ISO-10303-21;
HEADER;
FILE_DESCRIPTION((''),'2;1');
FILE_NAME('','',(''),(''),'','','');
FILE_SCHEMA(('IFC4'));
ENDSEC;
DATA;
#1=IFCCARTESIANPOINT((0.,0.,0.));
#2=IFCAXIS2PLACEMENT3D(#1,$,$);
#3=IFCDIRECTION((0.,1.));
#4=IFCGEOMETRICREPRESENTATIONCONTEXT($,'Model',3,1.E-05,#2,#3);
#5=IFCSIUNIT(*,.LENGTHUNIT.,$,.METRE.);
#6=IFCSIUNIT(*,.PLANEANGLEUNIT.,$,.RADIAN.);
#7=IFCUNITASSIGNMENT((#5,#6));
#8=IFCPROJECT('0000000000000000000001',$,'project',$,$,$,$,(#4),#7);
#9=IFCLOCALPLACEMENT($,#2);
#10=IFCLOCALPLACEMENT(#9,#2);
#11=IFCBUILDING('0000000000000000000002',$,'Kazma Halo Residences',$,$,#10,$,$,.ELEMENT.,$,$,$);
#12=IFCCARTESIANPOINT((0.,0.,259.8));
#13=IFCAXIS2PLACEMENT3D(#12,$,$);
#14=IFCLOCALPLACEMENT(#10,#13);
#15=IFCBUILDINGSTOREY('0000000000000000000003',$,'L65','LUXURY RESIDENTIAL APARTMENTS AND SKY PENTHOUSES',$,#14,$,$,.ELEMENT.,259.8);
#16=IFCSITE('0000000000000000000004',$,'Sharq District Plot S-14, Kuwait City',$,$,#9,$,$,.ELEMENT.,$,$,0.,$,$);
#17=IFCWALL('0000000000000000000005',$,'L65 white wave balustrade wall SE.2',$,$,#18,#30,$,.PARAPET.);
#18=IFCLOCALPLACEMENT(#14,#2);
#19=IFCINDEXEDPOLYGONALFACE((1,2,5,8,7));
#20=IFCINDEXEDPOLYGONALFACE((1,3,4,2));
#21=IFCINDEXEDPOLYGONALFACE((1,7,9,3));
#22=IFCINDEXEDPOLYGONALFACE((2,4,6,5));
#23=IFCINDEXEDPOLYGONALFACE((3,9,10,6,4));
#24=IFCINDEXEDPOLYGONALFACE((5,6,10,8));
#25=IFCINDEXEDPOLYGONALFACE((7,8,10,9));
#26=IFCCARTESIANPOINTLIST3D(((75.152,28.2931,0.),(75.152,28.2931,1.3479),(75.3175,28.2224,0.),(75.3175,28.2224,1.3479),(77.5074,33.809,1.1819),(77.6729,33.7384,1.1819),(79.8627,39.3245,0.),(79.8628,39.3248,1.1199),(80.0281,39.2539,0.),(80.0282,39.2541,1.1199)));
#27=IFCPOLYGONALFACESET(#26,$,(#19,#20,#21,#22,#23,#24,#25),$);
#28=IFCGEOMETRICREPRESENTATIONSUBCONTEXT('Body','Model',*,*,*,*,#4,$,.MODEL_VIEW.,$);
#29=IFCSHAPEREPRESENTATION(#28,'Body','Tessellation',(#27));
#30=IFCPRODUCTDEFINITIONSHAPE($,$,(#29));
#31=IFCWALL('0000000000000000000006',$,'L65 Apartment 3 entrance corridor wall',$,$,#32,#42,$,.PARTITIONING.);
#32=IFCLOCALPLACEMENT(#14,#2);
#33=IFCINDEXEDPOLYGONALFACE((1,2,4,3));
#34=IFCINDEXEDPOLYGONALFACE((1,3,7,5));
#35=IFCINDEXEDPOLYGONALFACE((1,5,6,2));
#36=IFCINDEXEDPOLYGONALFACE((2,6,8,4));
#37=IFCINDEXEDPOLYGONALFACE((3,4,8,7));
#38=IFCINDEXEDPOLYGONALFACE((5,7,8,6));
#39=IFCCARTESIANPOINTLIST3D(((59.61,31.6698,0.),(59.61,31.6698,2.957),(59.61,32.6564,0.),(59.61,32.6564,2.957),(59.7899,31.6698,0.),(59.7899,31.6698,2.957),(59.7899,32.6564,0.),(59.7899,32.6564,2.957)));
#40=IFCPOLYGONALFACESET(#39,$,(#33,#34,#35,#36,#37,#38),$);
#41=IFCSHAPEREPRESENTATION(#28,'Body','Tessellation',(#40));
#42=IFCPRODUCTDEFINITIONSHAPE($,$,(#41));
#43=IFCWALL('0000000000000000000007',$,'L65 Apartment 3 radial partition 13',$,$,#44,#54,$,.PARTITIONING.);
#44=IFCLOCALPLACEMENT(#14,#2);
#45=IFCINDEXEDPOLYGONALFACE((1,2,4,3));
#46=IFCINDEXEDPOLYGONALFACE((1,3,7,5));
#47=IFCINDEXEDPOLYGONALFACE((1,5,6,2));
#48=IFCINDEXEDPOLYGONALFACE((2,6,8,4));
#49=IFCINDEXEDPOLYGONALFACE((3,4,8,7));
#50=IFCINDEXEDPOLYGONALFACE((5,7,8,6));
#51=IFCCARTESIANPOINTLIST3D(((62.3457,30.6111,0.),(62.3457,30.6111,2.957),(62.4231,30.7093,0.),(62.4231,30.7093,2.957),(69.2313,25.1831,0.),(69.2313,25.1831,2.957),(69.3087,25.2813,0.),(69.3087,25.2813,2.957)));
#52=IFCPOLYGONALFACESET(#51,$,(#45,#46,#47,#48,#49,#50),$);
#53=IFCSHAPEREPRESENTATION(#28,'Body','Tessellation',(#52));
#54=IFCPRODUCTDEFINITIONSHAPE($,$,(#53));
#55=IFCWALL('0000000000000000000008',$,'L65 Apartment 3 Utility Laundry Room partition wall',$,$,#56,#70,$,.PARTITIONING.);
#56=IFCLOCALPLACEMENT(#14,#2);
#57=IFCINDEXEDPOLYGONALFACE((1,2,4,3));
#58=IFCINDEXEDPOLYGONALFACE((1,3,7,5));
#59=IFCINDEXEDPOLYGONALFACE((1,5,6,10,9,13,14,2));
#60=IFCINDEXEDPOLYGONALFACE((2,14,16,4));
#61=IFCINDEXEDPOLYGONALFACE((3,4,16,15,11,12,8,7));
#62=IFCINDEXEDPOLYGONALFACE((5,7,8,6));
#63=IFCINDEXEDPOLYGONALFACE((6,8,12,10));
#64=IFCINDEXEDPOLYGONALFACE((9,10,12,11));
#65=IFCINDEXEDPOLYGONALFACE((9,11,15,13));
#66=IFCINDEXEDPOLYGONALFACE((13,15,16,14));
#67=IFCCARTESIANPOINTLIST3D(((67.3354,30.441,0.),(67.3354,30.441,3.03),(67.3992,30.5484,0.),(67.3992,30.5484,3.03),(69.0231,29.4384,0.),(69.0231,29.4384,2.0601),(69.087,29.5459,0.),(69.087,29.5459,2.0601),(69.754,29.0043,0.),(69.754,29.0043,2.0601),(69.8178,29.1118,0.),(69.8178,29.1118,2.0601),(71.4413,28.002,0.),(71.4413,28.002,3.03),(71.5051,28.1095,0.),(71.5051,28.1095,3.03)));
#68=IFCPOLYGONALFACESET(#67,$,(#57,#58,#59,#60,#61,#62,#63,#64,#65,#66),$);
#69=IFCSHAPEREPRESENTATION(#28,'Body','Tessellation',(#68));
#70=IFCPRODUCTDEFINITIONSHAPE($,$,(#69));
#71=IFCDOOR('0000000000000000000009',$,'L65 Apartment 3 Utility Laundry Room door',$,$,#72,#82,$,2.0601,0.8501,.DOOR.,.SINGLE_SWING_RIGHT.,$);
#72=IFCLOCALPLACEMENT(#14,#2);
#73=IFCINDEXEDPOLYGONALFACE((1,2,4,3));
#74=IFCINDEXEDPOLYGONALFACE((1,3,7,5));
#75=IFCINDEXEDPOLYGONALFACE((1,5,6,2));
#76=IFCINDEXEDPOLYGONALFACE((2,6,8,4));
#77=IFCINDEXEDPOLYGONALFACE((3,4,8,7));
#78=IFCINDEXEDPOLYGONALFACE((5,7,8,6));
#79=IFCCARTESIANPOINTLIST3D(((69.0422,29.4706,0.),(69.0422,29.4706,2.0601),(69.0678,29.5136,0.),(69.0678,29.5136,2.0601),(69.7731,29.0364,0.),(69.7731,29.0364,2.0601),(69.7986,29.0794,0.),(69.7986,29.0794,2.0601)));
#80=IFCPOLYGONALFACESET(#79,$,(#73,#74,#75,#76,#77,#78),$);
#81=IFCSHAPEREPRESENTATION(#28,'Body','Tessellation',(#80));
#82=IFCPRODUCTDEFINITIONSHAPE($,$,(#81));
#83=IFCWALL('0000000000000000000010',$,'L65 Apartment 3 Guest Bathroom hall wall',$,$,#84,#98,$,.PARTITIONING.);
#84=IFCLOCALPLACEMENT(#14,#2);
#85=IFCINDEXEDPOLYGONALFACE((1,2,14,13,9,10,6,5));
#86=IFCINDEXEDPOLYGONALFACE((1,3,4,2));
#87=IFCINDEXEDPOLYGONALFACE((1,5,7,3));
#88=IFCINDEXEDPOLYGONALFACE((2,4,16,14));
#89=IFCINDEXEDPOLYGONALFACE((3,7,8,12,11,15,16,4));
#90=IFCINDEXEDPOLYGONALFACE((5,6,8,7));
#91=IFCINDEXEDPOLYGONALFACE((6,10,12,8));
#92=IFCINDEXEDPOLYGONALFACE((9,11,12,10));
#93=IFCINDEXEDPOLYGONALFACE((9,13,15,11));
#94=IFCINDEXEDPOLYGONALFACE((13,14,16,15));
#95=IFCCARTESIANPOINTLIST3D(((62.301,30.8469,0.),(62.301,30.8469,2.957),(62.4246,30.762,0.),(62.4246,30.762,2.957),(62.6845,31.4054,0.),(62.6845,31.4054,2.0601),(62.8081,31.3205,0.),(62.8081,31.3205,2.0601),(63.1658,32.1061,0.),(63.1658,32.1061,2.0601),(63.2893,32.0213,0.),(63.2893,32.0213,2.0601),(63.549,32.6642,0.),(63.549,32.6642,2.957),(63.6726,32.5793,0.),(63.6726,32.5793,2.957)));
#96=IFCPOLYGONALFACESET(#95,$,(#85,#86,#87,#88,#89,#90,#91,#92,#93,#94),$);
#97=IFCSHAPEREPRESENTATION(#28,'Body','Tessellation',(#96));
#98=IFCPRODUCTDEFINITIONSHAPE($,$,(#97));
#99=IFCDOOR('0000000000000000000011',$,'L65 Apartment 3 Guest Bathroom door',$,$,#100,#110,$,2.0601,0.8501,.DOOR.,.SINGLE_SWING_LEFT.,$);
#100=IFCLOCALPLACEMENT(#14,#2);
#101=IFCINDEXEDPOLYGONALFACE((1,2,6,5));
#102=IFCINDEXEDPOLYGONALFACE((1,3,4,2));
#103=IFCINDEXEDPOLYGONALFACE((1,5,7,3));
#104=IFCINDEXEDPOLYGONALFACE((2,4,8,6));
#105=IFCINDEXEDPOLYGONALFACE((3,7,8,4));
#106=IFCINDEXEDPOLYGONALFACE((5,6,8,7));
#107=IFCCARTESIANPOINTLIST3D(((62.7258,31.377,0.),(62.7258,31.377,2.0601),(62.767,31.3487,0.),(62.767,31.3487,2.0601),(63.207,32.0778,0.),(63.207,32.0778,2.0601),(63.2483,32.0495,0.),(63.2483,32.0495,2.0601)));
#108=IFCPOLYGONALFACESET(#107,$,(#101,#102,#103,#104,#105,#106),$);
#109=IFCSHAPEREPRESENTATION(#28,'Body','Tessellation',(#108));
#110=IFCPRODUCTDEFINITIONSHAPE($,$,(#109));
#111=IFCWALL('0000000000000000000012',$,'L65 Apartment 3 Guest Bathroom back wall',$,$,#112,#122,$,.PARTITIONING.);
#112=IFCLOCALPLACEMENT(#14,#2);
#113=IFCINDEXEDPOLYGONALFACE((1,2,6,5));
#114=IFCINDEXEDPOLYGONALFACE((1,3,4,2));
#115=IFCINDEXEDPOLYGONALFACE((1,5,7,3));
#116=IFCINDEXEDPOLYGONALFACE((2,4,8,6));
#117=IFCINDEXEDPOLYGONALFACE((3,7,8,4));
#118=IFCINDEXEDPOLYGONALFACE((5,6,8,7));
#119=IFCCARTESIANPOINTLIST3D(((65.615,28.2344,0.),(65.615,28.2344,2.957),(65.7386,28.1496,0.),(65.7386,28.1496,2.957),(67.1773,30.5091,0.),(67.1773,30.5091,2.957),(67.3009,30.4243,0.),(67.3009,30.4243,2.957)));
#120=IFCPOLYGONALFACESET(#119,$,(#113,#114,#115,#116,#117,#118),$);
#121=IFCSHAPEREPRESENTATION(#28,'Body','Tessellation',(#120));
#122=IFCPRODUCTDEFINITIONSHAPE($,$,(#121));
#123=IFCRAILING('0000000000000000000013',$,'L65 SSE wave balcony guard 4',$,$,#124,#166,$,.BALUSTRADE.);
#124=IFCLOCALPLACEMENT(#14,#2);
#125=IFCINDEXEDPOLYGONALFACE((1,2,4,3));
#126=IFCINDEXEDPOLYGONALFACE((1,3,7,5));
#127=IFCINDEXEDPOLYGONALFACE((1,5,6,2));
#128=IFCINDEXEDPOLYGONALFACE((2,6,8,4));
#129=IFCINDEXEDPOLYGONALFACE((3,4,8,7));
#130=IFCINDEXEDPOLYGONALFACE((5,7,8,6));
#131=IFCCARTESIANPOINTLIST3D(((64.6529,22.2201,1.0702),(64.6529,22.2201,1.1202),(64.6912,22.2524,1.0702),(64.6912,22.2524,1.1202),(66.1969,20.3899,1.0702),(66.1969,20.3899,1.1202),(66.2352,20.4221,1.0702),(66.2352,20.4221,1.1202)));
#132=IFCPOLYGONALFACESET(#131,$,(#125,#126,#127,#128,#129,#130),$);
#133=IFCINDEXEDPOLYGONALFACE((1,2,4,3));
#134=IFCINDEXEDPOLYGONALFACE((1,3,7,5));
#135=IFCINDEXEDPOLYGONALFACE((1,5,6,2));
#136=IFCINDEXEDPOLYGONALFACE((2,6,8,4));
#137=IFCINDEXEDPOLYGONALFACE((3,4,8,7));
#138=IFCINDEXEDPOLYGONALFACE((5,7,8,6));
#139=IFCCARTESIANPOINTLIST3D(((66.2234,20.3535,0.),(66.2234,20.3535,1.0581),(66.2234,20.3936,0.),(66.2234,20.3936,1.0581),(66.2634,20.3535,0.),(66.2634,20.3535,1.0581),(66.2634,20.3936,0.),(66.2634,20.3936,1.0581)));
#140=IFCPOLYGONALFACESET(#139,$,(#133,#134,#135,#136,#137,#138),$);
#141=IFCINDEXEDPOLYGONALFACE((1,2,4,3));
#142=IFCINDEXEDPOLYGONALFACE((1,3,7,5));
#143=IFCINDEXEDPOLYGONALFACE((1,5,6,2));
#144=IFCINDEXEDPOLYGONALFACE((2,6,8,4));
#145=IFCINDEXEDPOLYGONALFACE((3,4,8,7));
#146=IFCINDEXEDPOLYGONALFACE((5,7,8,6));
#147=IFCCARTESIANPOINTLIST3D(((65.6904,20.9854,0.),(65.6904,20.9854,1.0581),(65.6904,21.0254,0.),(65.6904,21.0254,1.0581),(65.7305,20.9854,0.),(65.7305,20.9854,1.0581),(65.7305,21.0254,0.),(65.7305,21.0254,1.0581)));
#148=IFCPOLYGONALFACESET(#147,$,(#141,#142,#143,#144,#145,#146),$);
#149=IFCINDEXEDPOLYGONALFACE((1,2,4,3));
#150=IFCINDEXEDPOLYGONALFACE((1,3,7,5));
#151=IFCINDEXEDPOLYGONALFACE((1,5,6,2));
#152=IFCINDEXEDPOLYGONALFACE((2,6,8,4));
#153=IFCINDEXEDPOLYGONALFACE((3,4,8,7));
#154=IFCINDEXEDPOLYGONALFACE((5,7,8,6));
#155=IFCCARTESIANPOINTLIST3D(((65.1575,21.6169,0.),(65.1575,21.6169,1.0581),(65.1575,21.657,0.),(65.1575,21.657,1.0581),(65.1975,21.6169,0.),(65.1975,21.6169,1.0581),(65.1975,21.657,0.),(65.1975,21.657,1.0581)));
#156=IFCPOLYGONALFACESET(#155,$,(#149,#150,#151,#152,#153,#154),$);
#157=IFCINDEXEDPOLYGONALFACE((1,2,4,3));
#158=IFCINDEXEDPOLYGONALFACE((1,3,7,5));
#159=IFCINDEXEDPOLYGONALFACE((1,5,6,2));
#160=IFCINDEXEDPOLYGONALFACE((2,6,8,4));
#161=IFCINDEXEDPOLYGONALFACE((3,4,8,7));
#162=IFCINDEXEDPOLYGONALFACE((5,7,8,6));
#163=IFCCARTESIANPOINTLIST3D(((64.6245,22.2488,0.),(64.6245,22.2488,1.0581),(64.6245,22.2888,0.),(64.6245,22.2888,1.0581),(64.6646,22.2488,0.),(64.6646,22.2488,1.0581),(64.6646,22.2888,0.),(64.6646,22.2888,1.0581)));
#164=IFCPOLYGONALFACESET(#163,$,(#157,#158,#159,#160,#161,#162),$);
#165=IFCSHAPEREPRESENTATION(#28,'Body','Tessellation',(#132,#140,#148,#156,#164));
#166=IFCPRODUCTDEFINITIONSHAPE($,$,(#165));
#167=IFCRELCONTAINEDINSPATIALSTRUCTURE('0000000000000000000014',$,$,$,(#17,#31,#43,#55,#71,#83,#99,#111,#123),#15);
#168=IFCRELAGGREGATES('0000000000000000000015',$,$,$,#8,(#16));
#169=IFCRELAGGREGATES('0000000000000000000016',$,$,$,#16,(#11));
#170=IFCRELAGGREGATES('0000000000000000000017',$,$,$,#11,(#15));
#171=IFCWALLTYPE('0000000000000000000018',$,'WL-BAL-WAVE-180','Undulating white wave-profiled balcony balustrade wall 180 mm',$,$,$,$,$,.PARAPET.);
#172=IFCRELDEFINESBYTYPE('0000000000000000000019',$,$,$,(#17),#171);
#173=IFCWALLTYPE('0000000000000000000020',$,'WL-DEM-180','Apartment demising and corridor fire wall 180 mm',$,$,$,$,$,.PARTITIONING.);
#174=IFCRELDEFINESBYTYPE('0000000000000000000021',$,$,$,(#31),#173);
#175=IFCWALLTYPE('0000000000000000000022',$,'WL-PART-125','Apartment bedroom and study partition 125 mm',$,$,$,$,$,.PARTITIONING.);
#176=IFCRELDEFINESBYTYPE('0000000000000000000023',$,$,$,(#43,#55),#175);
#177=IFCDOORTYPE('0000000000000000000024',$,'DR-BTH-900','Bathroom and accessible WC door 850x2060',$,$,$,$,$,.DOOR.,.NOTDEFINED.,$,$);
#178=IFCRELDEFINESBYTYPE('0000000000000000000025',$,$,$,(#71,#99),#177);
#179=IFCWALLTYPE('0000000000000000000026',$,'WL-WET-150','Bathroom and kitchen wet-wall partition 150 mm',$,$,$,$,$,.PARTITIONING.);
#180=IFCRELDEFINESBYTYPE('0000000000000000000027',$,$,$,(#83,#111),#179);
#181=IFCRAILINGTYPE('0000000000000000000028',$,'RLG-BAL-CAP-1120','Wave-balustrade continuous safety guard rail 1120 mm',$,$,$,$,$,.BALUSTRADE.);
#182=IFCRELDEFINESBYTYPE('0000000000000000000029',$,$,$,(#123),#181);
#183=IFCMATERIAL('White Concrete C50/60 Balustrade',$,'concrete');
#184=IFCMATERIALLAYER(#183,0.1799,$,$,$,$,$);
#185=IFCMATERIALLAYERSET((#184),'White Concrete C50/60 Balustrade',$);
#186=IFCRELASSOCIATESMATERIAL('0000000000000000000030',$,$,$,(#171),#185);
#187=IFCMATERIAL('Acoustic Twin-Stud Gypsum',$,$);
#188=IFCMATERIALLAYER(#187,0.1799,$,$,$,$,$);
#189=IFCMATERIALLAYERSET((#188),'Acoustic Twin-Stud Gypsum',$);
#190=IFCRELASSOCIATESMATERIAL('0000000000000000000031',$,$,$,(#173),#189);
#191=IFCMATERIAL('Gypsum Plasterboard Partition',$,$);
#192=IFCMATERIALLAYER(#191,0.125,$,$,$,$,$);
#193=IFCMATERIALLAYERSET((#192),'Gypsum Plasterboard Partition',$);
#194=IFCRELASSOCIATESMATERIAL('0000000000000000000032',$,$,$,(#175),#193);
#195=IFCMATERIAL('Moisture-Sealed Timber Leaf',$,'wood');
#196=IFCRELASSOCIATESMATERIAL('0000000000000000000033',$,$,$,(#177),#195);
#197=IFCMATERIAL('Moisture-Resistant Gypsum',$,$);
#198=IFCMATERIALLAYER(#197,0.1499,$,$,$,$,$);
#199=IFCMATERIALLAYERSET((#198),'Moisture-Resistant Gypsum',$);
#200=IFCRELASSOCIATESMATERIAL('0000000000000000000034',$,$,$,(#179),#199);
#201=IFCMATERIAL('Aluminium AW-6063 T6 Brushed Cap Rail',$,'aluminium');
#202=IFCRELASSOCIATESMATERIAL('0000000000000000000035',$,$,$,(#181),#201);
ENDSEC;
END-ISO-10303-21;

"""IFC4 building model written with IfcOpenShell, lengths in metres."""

from ifc_helpers import new_model, si_unit, direction, frame, frame_2d, origin, origin_2d, place, context, subcontext, project, spatial, polyline, rectangle, outline, extrude, material, layer, layer_set, type_object, element, fill, save


model = new_model("IFC4")

# Units and contexts
model_context = context("Model", 3, precision=1e-05, world=origin(), true_north=direction((0.0, 1.0)))
body_context = subcontext(model_context, "Body", "Model", "MODEL_VIEW")
ifc_project = project(units=[si_unit("LENGTHUNIT", "METRE"), si_unit("PLANEANGLEUNIT", "RADIAN")], contexts=[model_context])

# Site, building, storey
site_placement = place(None, origin())
site = spatial("IfcSite", under=ifc_project, at=site_placement, Name="Sharq District Plot S-14, Kuwait City", CompositionType="ELEMENT", RefElevation=0.0)
building_placement = place(site_placement, origin())
building = spatial("IfcBuilding", under=site, at=building_placement, Name="Kazma Halo Residences", CompositionType="ELEMENT")
storey_placement = place(building_placement, frame((0.0, 0.0, 259.8)))
storey = spatial("IfcBuildingStorey", under=building, at=storey_placement, Name="L65", Description="LUXURY RESIDENTIAL APARTMENTS AND SKY PENTHOUSES", CompositionType="ELEMENT", Elevation=259.8)

# Walls
ifc_material_1 = material(Name="White Concrete C50/60 Balustrade", Category="concrete")
ifc_layer_1 = layer(ifc_material_1, 0.1799)
ifc_layer_set_1 = layer_set([ifc_layer_1], Name="White Concrete C50/60 Balustrade")
wall_type_1 = type_object("IfcWallType", Name="WL-BAL-WAVE-180", Description="Undulating white wave-profiled balcony balustrade wall 180 mm", PredefinedType="PARAPET", material=ifc_layer_set_1)
wall_1_placement = place(storey_placement, frame((75.2346, 28.2578, 0.0), z_axis=(0.0, 0.0, 1.0), x_axis=(0.392715, 0.91966, 0.0)))
element("IfcWall", 1, at=wall_1_placement, inside=storey, type_object=wall_type_1, Name="L65 white wave balustrade wall SE.2", PredefinedType="PARAPET", context=body_context, shape_type="SweptSolid", body=[
    extrude(outline(polyline([(0.0, 0.0), (11.9951, 0.0), (11.9954, 1.1199), (5.9978, 1.1819), (0.0, 1.3479), (0.0, 0.0)])), frame((0.0, 0.0898, 0.0), z_axis=(0.0, -1.0, 0.0), x_axis=(1.0, 0.0, 0.0)), (0.0, 0.0, 1.0), 0.1799),
])
ifc_material_2 = material(Name="Acoustic Twin-Stud Gypsum")
ifc_layer_2 = layer(ifc_material_2, 0.1799)
ifc_layer_set_2 = layer_set([ifc_layer_2], Name="Acoustic Twin-Stud Gypsum")
wall_type_2 = type_object("IfcWallType", Name="WL-DEM-180", Description="Apartment demising and corridor fire wall 180 mm", PredefinedType="PARTITIONING", material=ifc_layer_set_2)
wall_2_placement = place(storey_placement, frame((59.7, 31.6699, 0.0), z_axis=(0.0, 0.0, 1.0), x_axis=(0.0, 1.0, 0.0)))
element("IfcWall", 2, at=wall_2_placement, inside=storey, type_object=wall_type_2, Name="L65 Apartment 3 entrance corridor wall", PredefinedType="PARTITIONING", context=body_context, shape_type="SweptSolid", body=[
    extrude(rectangle(XDim=0.9866, YDim=0.1799, at=frame_2d((0.4932, 0.0))), origin(), (0.0, 0.0, 1.0), 2.957),
])

# Wall
ifc_material_3 = material(Name="Gypsum Plasterboard Partition")
ifc_layer_3 = layer(ifc_material_3, 0.125)
ifc_layer_set_3 = layer_set([ifc_layer_3], Name="Gypsum Plasterboard Partition")
wall_type_3 = type_object("IfcWallType", Name="WL-PART-125", Description="Apartment bedroom and study partition 125 mm", PredefinedType="PARTITIONING", material=ifc_layer_set_3)
wall_3_placement = place(storey_placement, frame((62.3845, 30.6602, 0.0), z_axis=(0.0, 0.0, 1.0), x_axis=(0.785323, -0.619086, 0.0)))
element("IfcWall", 3, at=wall_3_placement, inside=storey, type_object=wall_type_3, Name="L65 Apartment 3 radial partition 13", PredefinedType="PARTITIONING", context=body_context, shape_type="SweptSolid", body=[
    extrude(rectangle(XDim=8.7678, YDim=0.125, at=frame_2d((4.3838, 0.0))), origin(), (0.0, 0.0, 1.0), 2.957),
])

# Walls, openings, doors
wall_4_placement = place(storey_placement, frame((67.3674, 30.4946, 0.0), z_axis=(0.0, 0.0, 1.0), x_axis=(0.859758, -0.510702, 0.0)))
wall_4 = element("IfcWall", 4, at=wall_4_placement, inside=storey, type_object=wall_type_3, Name="L65 Apartment 3 Utility Laundry Room partition wall", PredefinedType="PARTITIONING", context=body_context, shape_type="SweptSolid", body=[
    extrude(rectangle(XDim=4.7756, YDim=0.125, at=frame_2d((2.3877, 0.0))), origin(), (0.0, 0.0, 1.0), 3.03),
])
opening_1_placement = place(wall_4_placement, frame((1.9629, 0.0, 0.0)))
opening_1 = element("IfcOpeningElement", 5, at=opening_1_placement, cuts=wall_4, PredefinedType="OPENING", context=body_context, shape_type="SweptSolid", body=[
    extrude(rectangle(XDim=0.8501, YDim=2.0601, at=frame_2d((0.425, 1.03))), frame((0.0, 0.0725, 0.0), z_axis=(0.0, -1.0, 0.0), x_axis=(1.0, 0.0, 0.0)), (0.0, 0.0, 1.0), 0.145),
])
ifc_material_4 = material(Name="Moisture-Sealed Timber Leaf", Category="wood")
door_type_1 = type_object("IfcDoorType", Name="DR-BTH-900", Description="Bathroom and accessible WC door 850x2060", OperationType="NOTDEFINED", PredefinedType="DOOR", material=ifc_material_4)
door_1_placement = place(opening_1_placement, origin())
door_1 = element("IfcDoor", 6, at=door_1_placement, inside=storey, type_object=door_type_1, Name="L65 Apartment 3 Utility Laundry Room door", OperationType="SINGLE_SWING_RIGHT", OverallHeight=2.0601, OverallWidth=0.8501, PredefinedType="DOOR", context=body_context, shape_type="SweptSolid", body=[
    extrude(rectangle(XDim=0.8501, YDim=2.0601, at=frame_2d((0.425, 1.03))), frame((0.0, 0.0249, 0.0), z_axis=(0.0, -1.0, 0.0), x_axis=(1.0, 0.0, 0.0)), (0.0, 0.0, 1.0), 0.05),
])
fill(opening_1, door_1)
ifc_material_5 = material(Name="Moisture-Resistant Gypsum")
ifc_layer_4 = layer(ifc_material_5, 0.1499)
ifc_layer_set_4 = layer_set([ifc_layer_4], Name="Moisture-Resistant Gypsum")
wall_type_4 = type_object("IfcWallType", Name="WL-WET-150", Description="Bathroom and kitchen wet-wall partition 150 mm", PredefinedType="PARTITIONING", material=ifc_layer_set_4)
wall_5_placement = place(storey_placement, frame((62.3628, 30.8044, 0.0), z_axis=(0.0, 0.0, 1.0), x_axis=(0.566096, 0.824339, 0.0)))
wall_5 = element("IfcWall", 7, at=wall_5_placement, inside=storey, type_object=wall_type_4, Name="L65 Apartment 3 Guest Bathroom hall wall", PredefinedType="PARTITIONING", context=body_context, shape_type="SweptSolid", body=[
    extrude(rectangle(XDim=2.2046, YDim=0.1499, at=frame_2d((1.1023, 0.0))), origin(), (0.0, 0.0, 1.0), 2.957),
])
opening_2_placement = place(wall_5_placement, frame((0.6775, 0.0, 0.0)))
opening_2 = element("IfcOpeningElement", 8, at=opening_2_placement, cuts=wall_5, PredefinedType="OPENING", context=body_context, shape_type="SweptSolid", body=[
    extrude(rectangle(XDim=0.8501, YDim=2.0601, at=frame_2d((0.425, 1.03))), frame((0.0, 0.085, 0.0), z_axis=(0.0, -1.0, 0.0), x_axis=(1.0, 0.0, 0.0)), (0.0, 0.0, 1.0), 0.1699),
])
door_2_placement = place(opening_2_placement, origin())
door_2 = element("IfcDoor", 9, at=door_2_placement, inside=storey, type_object=door_type_1, Name="L65 Apartment 3 Guest Bathroom door", OperationType="SINGLE_SWING_LEFT", OverallHeight=2.0601, OverallWidth=0.8501, PredefinedType="DOOR", context=body_context, shape_type="SweptSolid", body=[
    extrude(rectangle(XDim=0.8501, YDim=2.0601, at=frame_2d((0.425, 1.03))), frame((0.0, 0.0249, 0.0), z_axis=(0.0, -1.0, 0.0), x_axis=(1.0, 0.0, 0.0)), (0.0, 0.0, 1.0), 0.05),
])
fill(opening_2, door_2)

# Wall
wall_6_placement = place(storey_placement, frame((65.6768, 28.1919, 0.0), z_axis=(0.0, 0.0, 1.0), x_axis=(0.566142, 0.824308, 0.0)))
element("IfcWall", 10, at=wall_6_placement, inside=storey, type_object=wall_type_4, Name="L65 Apartment 3 Guest Bathroom back wall", PredefinedType="PARTITIONING", context=body_context, shape_type="SweptSolid", body=[
    extrude(rectangle(XDim=2.7595, YDim=0.1499, at=frame_2d((1.3799, 0.0))), origin(), (0.0, 0.0, 1.0), 2.957),
])

# Railing
ifc_material_6 = material(Name="Aluminium AW-6063 T6 Brushed Cap Rail", Category="aluminium")
railing_type = type_object("IfcRailingType", Name="RLG-BAL-CAP-1120", Description="Wave-balustrade continuous safety guard rail 1120 mm", PredefinedType="BALUSTRADE", material=ifc_material_6)
railing_1_placement = place(storey_placement, frame((66.2434, 20.3735, 0.0)))
element("IfcRailing", 11, at=railing_1_placement, inside=storey, type_object=railing_type, Name="L65 SSE wave balcony guard 4", PredefinedType="BALUSTRADE", context=body_context, shape_type="SweptSolid", body=[
    extrude(rectangle(XDim=0.05, YDim=0.05, at=origin_2d()), frame((-0.0273, 0.0325, 1.0952), z_axis=(-0.644812, 0.764342, 0.0), x_axis=(-0.764342, -0.644812, 0.0)), (0.0, 0.0, 1.0), 2.3945),
    extrude(rectangle(XDim=0.04, YDim=0.04, at=origin_2d()), origin(), (0.0, 0.0, 1.0), 1.0581),
    extrude(rectangle(XDim=0.04, YDim=0.04, at=origin_2d()), frame((-0.533, 0.6318, 0.0)), (0.0, 0.0, 1.0), 1.0581),
    extrude(rectangle(XDim=0.04, YDim=0.04, at=origin_2d()), frame((-1.0659, 1.2634, 0.0)), (0.0, 0.0, 1.0), 1.0581),
    extrude(rectangle(XDim=0.04, YDim=0.04, at=origin_2d()), frame((-1.5989, 1.8953, 0.0)), (0.0, 0.0, 1.0), 1.0581),
])

save(model, "model.ifc")
